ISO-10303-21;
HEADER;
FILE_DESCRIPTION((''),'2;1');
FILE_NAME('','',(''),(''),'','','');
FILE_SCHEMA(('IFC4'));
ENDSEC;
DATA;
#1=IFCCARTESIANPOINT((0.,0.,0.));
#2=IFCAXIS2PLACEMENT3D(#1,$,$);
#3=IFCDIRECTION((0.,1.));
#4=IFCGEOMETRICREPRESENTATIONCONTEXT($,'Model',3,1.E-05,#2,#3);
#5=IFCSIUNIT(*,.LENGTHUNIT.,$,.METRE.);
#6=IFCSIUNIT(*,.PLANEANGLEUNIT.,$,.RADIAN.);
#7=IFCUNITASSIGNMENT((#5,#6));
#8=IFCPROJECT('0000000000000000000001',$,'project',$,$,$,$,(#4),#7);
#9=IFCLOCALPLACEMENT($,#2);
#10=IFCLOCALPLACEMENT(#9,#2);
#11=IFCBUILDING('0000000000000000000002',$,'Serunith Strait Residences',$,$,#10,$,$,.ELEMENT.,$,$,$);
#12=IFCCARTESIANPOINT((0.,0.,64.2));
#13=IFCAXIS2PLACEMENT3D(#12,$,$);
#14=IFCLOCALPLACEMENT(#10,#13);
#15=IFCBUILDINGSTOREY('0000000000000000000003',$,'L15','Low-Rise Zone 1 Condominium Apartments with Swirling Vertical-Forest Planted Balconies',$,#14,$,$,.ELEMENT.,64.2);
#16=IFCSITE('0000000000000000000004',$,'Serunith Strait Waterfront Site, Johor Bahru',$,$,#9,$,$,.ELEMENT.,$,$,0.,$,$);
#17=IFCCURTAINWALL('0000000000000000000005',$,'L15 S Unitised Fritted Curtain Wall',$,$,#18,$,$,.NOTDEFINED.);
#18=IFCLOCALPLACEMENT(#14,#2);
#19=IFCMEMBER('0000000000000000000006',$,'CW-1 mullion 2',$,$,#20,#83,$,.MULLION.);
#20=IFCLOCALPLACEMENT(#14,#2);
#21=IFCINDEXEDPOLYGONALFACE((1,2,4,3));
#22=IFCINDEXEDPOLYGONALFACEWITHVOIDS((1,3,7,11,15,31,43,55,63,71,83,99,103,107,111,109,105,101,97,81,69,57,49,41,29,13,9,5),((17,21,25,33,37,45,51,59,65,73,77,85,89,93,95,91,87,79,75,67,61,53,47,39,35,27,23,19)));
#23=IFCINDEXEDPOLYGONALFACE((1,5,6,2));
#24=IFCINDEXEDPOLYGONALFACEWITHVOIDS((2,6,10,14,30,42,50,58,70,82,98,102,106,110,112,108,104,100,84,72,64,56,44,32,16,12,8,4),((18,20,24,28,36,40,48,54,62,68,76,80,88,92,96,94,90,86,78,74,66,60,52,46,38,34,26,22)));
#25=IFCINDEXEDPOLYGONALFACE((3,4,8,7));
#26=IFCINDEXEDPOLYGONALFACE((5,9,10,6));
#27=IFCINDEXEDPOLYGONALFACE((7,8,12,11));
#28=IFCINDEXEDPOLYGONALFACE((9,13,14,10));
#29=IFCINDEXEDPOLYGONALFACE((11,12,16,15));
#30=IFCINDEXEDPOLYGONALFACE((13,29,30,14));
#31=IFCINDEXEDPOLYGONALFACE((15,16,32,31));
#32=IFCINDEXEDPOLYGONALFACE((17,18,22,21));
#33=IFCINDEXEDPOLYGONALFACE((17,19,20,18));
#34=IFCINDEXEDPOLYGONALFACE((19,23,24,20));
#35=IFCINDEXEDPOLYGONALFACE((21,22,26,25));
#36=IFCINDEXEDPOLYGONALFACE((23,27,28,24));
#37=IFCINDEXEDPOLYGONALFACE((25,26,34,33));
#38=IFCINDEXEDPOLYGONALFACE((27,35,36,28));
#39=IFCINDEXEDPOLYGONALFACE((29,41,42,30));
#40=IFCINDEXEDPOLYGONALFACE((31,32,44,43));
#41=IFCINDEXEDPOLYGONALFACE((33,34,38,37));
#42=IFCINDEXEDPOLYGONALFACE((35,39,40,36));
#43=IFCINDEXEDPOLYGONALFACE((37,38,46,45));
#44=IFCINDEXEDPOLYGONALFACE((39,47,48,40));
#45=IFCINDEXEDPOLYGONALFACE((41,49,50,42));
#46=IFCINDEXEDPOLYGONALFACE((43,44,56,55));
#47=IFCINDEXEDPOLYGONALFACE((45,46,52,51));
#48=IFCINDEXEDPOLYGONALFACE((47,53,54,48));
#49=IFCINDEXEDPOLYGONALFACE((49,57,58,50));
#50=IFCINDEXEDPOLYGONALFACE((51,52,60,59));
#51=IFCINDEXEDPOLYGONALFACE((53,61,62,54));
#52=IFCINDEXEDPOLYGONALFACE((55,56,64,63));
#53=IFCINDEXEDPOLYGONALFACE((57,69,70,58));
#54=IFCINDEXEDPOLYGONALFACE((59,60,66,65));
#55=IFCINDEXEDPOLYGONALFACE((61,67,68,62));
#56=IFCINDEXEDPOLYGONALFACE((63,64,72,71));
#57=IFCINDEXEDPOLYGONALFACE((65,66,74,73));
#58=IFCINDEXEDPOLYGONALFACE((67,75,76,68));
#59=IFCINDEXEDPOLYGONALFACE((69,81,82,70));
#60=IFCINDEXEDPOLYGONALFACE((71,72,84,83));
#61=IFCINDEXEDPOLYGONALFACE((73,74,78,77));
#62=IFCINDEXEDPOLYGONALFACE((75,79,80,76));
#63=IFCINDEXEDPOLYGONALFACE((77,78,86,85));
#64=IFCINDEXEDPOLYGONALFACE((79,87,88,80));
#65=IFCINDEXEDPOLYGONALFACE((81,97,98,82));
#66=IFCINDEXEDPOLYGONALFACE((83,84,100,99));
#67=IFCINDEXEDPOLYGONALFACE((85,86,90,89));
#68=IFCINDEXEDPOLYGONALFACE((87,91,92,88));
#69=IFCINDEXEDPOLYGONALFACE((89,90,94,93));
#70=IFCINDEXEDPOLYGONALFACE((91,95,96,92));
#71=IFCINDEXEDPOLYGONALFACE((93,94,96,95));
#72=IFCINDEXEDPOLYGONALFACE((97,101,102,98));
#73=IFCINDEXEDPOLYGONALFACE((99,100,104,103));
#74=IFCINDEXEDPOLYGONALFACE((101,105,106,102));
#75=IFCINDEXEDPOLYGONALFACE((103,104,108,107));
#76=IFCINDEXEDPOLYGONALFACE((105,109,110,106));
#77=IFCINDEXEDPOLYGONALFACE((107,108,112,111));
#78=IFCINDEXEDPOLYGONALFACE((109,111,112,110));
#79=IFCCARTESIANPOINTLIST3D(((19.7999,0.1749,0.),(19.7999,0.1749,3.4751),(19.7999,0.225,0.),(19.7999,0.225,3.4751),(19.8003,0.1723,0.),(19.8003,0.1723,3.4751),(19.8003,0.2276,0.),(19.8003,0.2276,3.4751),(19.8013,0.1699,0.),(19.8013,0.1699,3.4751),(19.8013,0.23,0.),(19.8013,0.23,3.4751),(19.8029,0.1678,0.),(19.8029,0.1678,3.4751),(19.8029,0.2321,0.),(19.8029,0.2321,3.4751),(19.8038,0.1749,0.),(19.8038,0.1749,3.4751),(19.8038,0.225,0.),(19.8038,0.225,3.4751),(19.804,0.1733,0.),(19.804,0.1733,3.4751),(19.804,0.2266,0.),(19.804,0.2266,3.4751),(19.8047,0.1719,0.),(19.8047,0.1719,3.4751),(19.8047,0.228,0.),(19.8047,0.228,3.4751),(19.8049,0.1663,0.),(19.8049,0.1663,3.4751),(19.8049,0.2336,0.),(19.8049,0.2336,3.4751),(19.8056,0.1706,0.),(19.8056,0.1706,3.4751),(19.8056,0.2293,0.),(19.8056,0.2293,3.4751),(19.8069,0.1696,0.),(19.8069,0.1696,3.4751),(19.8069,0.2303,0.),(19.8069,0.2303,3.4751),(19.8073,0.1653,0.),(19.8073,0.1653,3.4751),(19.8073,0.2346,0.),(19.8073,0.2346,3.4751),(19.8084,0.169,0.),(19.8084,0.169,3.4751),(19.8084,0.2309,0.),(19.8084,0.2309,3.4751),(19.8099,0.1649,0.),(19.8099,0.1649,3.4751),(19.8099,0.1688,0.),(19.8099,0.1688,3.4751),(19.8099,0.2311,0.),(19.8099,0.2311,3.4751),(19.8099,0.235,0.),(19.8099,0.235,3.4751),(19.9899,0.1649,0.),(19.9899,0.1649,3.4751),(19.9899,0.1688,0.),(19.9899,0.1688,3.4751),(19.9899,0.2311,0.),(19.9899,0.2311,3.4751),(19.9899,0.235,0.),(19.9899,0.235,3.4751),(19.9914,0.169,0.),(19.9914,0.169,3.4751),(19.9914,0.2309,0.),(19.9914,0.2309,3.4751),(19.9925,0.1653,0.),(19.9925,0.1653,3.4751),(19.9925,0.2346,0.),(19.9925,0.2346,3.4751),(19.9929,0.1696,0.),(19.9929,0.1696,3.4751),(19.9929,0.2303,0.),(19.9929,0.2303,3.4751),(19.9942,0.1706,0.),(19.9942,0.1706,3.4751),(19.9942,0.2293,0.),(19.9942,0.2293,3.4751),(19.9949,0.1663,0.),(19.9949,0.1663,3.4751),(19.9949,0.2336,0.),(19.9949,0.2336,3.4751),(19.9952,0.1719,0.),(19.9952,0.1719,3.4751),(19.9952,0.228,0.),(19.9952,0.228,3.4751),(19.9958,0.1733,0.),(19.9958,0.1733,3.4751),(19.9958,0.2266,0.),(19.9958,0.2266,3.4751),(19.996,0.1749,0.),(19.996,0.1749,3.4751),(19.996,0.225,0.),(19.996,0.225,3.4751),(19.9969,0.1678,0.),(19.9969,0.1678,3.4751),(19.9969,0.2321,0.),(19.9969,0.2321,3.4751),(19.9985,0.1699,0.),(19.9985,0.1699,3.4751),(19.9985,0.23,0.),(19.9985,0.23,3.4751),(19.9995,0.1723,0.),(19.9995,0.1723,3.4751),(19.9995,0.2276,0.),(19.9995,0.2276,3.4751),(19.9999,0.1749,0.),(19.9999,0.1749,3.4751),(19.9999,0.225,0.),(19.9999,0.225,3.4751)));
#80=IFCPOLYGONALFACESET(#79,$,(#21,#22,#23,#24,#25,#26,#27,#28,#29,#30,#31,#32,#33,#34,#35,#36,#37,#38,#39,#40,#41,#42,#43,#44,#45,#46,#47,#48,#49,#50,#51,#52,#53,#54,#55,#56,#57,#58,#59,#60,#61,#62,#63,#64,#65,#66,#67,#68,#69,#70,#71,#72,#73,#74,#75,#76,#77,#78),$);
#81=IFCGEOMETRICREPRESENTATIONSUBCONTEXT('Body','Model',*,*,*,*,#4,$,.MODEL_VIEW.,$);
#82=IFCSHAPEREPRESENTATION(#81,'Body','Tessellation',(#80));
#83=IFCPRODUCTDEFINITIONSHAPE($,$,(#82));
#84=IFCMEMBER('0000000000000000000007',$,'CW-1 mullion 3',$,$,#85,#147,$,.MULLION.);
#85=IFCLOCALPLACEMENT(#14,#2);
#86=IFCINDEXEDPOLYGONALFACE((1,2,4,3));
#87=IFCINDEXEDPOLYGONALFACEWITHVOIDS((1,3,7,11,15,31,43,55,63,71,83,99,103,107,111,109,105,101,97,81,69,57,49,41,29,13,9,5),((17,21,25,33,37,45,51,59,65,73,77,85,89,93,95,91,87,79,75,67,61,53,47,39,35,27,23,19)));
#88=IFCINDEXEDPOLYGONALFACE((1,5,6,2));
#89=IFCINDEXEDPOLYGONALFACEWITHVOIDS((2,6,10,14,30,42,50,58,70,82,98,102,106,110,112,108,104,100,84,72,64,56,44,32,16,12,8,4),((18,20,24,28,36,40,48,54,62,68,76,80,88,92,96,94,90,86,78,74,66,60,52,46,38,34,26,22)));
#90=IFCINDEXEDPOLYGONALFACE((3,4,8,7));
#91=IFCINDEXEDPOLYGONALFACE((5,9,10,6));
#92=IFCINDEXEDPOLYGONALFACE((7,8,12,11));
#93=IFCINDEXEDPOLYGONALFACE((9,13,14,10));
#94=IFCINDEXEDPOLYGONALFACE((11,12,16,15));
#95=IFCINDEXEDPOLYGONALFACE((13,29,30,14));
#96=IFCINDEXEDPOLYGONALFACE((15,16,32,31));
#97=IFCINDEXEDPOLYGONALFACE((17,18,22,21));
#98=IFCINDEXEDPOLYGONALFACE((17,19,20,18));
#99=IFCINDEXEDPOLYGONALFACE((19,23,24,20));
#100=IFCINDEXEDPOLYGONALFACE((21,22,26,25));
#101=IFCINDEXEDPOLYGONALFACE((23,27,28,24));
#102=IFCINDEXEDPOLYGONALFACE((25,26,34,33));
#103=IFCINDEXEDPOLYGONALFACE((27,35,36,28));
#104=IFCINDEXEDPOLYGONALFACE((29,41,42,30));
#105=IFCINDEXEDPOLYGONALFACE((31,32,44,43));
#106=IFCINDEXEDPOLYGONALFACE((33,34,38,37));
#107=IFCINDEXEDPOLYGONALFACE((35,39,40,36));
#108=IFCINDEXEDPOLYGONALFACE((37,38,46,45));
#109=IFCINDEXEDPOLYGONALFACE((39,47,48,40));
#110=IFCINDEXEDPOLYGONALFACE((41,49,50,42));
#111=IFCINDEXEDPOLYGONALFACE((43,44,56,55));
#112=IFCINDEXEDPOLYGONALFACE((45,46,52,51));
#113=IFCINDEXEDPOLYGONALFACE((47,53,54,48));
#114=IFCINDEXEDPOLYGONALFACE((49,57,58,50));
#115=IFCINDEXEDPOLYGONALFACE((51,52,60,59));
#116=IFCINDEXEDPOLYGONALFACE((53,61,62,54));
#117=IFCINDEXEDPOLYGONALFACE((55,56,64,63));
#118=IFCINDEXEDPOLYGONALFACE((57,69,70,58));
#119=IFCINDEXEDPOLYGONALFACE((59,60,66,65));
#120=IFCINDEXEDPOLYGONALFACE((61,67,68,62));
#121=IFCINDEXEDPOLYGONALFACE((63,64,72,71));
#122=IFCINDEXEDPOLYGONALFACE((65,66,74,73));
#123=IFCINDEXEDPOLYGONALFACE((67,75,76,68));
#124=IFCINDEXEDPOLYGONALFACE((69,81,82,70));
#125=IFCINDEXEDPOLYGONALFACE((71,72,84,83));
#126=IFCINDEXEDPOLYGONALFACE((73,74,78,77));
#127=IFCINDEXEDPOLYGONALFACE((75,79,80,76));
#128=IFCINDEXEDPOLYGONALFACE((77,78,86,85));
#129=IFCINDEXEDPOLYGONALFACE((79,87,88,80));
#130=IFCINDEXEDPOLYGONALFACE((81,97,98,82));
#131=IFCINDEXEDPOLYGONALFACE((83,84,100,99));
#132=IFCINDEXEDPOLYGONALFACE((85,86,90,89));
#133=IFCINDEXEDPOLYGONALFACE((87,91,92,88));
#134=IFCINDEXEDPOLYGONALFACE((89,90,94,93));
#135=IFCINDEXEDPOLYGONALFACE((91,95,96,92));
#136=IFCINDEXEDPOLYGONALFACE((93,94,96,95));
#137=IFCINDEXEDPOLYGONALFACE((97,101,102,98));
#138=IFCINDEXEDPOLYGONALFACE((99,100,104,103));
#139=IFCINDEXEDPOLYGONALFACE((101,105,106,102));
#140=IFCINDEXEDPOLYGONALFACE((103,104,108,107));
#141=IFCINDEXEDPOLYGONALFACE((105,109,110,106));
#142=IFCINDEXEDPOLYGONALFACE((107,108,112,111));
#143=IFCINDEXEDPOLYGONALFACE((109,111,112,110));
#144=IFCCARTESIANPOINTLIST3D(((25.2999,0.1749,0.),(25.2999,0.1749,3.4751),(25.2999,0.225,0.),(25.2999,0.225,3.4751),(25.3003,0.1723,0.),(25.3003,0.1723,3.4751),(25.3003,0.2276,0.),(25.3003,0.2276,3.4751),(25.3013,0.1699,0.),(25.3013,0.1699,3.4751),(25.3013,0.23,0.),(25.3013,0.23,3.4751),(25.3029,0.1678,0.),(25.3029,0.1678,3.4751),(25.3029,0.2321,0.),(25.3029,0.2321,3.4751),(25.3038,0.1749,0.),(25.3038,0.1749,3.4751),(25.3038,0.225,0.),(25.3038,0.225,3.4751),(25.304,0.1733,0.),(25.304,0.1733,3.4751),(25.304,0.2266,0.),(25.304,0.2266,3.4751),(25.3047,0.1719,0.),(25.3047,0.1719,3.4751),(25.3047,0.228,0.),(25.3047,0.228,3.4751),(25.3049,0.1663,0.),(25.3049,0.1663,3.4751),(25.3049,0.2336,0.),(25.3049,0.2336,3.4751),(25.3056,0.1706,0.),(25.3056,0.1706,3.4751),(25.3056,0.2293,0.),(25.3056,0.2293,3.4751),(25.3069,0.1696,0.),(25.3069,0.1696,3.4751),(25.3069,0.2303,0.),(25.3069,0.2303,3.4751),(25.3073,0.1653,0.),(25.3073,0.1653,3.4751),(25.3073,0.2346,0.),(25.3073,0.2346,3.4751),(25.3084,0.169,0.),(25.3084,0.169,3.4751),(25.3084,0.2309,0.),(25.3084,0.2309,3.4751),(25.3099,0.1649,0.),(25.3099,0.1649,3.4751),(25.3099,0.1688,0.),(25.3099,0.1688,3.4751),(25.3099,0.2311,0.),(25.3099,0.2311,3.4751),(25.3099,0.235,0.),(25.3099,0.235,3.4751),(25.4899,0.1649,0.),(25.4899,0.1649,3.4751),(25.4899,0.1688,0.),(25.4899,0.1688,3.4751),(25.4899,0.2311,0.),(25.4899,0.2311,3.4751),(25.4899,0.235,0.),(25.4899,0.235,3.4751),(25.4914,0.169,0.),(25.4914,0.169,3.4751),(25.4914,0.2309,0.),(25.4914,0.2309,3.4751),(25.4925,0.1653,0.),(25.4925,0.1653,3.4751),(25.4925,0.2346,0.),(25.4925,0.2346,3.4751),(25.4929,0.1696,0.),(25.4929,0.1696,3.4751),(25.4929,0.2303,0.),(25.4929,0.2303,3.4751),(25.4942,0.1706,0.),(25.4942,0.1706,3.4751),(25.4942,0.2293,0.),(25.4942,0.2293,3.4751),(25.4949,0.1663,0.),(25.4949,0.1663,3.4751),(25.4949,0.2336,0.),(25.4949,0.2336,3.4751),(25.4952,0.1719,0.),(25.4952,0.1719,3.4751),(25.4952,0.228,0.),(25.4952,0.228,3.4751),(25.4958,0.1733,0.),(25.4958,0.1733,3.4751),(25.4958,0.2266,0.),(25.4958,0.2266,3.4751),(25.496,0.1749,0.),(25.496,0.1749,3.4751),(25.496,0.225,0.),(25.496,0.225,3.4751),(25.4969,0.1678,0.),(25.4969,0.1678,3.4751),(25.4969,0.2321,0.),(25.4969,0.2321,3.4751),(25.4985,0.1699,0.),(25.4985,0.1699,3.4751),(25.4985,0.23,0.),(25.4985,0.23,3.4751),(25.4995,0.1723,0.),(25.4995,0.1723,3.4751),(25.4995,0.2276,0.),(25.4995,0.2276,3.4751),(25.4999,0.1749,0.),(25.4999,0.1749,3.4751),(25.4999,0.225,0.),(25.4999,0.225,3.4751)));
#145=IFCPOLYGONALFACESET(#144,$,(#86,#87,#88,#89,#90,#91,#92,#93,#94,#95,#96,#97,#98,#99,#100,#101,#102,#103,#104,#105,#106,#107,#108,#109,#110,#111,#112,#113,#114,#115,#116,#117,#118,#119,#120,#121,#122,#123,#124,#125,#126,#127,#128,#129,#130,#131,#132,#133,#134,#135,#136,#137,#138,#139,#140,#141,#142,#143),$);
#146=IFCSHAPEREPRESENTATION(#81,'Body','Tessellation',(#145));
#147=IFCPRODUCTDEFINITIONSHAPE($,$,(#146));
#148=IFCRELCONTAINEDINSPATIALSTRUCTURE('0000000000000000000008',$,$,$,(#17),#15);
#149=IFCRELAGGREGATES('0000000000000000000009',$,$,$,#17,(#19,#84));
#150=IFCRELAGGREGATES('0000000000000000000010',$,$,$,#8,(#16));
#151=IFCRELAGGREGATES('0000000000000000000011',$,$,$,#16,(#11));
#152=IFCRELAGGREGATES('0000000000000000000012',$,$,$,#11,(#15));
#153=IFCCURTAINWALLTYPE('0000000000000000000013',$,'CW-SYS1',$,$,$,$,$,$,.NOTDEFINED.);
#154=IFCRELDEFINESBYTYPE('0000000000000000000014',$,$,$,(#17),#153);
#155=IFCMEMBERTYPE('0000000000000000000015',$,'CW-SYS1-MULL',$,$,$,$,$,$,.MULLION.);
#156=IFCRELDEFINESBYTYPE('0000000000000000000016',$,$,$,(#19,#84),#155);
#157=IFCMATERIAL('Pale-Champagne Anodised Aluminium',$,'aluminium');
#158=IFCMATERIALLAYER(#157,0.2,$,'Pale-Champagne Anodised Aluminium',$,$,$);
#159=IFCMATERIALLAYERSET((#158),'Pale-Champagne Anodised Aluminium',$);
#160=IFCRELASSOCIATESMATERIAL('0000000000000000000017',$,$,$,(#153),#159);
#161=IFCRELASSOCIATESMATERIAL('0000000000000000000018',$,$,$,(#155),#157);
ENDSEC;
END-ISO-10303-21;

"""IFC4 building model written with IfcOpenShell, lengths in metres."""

from ifc_helpers import new_model, si_unit, direction, frame, origin, origin_2d, place, context, subcontext, project, spatial, hollow_rectangle, extrude, source, transform, mapped, material, layer, layer_set, material_profile, profile_set, type_object, element, aggregate, save


model = new_model("IFC4")

# Units and contexts
model_context = context("Model", 3, precision=1e-05, world=origin(), true_north=direction((0.0, 1.0)))
body_context = subcontext(model_context, "Body", "Model", "MODEL_VIEW")
ifc_project = project(units=[si_unit("LENGTHUNIT", "METRE"), si_unit("PLANEANGLEUNIT", "RADIAN")], contexts=[model_context])

# Site, building, storey
site_placement = place(None, origin())
site = spatial("IfcSite", under=ifc_project, at=site_placement, Name="Serunith Strait Waterfront Site, Johor Bahru", CompositionType="ELEMENT", RefElevation=0.0)
building_placement = place(site_placement, origin())
building = spatial("IfcBuilding", under=site, at=building_placement, Name="Serunith Strait Residences", CompositionType="ELEMENT")
storey_placement = place(building_placement, frame((0.0, 0.0, 64.2)))
storey = spatial("IfcBuildingStorey", under=building, at=storey_placement, Name="L15", Description="Low-Rise Zone 1 Condominium Apartments with Swirling Vertical-Forest Planted Balconies", CompositionType="ELEMENT", Elevation=64.2)

# Curtain wall, members
ifc_material_1 = material(Name="Pale-Champagne Anodised Aluminium", Category="aluminium")
ifc_layer_1 = layer(ifc_material_1, 0.2, Name="Pale-Champagne Anodised Aluminium")
ifc_layer_set_1 = layer_set([ifc_layer_1], Name="Pale-Champagne Anodised Aluminium")
curtain_wall_type = type_object("IfcCurtainWallType", Name="CW-SYS1", PredefinedType="NOTDEFINED", material=ifc_layer_set_1)
curtain_wall_placement = place(storey_placement, origin())
curtain_wall = element("IfcCurtainWall", 1, at=curtain_wall_placement, inside=storey, type_object=curtain_wall_type, Name="L15 S Unitised Fritted Curtain Wall", PredefinedType="NOTDEFINED")
ifc_material_profile_1 = material_profile(ifc_material_1, hollow_rectangle(XDim=0.0701, YDim=0.2, WallThickness=0.0039, InnerFilletRadius=0.0061, OuterFilletRadius=0.01, at=origin_2d()), Name="ALU 200x70x4")
ifc_profile_set_1 = profile_set([ifc_material_profile_1], Name="Pale-Champagne Anodised Aluminium")
member_type_1 = type_object("IfcMemberType", Name="CW-SYS1-MULL", PredefinedType="MULLION", material=ifc_profile_set_1)
shared_shape_1 = source(origin(), body_context, "Body", "SweptSolid", [
    extrude(hollow_rectangle(XDim=0.0701, YDim=0.2, WallThickness=0.0039, InnerFilletRadius=0.0061, OuterFilletRadius=0.01, at=origin_2d()), origin(), (0.0, 0.0, 1.0), 3.4751),
])
member_1_placement = place(storey_placement, frame((19.8999, 0.2, 0.0), z_axis=(0.0, 0.0, 1.0), x_axis=(0.0, 1.0, 0.0)))
member_1 = element("IfcMember", 2, at=member_1_placement, type_object=member_type_1, Name="CW-1 mullion 2", PredefinedType="MULLION", context=body_context, shape_type="MappedRepresentation", body=[
    mapped(shared_shape_1, transform((0.0, 0.0, 0.0), scale=1.0)),
])
member_2_placement = place(storey_placement, frame((25.3999, 0.2, 0.0), z_axis=(0.0, 0.0, 1.0), x_axis=(0.0, 1.0, 0.0)))
member_2 = element("IfcMember", 3, at=member_2_placement, type_object=member_type_1, Name="CW-1 mullion 3", PredefinedType="MULLION", context=body_context, shape_type="MappedRepresentation", body=[
    mapped(shared_shape_1, transform((0.0, 0.0, 0.0), scale=1.0)),
])
aggregate(curtain_wall, [member_1, member_2])

save(model, "model.ifc")
